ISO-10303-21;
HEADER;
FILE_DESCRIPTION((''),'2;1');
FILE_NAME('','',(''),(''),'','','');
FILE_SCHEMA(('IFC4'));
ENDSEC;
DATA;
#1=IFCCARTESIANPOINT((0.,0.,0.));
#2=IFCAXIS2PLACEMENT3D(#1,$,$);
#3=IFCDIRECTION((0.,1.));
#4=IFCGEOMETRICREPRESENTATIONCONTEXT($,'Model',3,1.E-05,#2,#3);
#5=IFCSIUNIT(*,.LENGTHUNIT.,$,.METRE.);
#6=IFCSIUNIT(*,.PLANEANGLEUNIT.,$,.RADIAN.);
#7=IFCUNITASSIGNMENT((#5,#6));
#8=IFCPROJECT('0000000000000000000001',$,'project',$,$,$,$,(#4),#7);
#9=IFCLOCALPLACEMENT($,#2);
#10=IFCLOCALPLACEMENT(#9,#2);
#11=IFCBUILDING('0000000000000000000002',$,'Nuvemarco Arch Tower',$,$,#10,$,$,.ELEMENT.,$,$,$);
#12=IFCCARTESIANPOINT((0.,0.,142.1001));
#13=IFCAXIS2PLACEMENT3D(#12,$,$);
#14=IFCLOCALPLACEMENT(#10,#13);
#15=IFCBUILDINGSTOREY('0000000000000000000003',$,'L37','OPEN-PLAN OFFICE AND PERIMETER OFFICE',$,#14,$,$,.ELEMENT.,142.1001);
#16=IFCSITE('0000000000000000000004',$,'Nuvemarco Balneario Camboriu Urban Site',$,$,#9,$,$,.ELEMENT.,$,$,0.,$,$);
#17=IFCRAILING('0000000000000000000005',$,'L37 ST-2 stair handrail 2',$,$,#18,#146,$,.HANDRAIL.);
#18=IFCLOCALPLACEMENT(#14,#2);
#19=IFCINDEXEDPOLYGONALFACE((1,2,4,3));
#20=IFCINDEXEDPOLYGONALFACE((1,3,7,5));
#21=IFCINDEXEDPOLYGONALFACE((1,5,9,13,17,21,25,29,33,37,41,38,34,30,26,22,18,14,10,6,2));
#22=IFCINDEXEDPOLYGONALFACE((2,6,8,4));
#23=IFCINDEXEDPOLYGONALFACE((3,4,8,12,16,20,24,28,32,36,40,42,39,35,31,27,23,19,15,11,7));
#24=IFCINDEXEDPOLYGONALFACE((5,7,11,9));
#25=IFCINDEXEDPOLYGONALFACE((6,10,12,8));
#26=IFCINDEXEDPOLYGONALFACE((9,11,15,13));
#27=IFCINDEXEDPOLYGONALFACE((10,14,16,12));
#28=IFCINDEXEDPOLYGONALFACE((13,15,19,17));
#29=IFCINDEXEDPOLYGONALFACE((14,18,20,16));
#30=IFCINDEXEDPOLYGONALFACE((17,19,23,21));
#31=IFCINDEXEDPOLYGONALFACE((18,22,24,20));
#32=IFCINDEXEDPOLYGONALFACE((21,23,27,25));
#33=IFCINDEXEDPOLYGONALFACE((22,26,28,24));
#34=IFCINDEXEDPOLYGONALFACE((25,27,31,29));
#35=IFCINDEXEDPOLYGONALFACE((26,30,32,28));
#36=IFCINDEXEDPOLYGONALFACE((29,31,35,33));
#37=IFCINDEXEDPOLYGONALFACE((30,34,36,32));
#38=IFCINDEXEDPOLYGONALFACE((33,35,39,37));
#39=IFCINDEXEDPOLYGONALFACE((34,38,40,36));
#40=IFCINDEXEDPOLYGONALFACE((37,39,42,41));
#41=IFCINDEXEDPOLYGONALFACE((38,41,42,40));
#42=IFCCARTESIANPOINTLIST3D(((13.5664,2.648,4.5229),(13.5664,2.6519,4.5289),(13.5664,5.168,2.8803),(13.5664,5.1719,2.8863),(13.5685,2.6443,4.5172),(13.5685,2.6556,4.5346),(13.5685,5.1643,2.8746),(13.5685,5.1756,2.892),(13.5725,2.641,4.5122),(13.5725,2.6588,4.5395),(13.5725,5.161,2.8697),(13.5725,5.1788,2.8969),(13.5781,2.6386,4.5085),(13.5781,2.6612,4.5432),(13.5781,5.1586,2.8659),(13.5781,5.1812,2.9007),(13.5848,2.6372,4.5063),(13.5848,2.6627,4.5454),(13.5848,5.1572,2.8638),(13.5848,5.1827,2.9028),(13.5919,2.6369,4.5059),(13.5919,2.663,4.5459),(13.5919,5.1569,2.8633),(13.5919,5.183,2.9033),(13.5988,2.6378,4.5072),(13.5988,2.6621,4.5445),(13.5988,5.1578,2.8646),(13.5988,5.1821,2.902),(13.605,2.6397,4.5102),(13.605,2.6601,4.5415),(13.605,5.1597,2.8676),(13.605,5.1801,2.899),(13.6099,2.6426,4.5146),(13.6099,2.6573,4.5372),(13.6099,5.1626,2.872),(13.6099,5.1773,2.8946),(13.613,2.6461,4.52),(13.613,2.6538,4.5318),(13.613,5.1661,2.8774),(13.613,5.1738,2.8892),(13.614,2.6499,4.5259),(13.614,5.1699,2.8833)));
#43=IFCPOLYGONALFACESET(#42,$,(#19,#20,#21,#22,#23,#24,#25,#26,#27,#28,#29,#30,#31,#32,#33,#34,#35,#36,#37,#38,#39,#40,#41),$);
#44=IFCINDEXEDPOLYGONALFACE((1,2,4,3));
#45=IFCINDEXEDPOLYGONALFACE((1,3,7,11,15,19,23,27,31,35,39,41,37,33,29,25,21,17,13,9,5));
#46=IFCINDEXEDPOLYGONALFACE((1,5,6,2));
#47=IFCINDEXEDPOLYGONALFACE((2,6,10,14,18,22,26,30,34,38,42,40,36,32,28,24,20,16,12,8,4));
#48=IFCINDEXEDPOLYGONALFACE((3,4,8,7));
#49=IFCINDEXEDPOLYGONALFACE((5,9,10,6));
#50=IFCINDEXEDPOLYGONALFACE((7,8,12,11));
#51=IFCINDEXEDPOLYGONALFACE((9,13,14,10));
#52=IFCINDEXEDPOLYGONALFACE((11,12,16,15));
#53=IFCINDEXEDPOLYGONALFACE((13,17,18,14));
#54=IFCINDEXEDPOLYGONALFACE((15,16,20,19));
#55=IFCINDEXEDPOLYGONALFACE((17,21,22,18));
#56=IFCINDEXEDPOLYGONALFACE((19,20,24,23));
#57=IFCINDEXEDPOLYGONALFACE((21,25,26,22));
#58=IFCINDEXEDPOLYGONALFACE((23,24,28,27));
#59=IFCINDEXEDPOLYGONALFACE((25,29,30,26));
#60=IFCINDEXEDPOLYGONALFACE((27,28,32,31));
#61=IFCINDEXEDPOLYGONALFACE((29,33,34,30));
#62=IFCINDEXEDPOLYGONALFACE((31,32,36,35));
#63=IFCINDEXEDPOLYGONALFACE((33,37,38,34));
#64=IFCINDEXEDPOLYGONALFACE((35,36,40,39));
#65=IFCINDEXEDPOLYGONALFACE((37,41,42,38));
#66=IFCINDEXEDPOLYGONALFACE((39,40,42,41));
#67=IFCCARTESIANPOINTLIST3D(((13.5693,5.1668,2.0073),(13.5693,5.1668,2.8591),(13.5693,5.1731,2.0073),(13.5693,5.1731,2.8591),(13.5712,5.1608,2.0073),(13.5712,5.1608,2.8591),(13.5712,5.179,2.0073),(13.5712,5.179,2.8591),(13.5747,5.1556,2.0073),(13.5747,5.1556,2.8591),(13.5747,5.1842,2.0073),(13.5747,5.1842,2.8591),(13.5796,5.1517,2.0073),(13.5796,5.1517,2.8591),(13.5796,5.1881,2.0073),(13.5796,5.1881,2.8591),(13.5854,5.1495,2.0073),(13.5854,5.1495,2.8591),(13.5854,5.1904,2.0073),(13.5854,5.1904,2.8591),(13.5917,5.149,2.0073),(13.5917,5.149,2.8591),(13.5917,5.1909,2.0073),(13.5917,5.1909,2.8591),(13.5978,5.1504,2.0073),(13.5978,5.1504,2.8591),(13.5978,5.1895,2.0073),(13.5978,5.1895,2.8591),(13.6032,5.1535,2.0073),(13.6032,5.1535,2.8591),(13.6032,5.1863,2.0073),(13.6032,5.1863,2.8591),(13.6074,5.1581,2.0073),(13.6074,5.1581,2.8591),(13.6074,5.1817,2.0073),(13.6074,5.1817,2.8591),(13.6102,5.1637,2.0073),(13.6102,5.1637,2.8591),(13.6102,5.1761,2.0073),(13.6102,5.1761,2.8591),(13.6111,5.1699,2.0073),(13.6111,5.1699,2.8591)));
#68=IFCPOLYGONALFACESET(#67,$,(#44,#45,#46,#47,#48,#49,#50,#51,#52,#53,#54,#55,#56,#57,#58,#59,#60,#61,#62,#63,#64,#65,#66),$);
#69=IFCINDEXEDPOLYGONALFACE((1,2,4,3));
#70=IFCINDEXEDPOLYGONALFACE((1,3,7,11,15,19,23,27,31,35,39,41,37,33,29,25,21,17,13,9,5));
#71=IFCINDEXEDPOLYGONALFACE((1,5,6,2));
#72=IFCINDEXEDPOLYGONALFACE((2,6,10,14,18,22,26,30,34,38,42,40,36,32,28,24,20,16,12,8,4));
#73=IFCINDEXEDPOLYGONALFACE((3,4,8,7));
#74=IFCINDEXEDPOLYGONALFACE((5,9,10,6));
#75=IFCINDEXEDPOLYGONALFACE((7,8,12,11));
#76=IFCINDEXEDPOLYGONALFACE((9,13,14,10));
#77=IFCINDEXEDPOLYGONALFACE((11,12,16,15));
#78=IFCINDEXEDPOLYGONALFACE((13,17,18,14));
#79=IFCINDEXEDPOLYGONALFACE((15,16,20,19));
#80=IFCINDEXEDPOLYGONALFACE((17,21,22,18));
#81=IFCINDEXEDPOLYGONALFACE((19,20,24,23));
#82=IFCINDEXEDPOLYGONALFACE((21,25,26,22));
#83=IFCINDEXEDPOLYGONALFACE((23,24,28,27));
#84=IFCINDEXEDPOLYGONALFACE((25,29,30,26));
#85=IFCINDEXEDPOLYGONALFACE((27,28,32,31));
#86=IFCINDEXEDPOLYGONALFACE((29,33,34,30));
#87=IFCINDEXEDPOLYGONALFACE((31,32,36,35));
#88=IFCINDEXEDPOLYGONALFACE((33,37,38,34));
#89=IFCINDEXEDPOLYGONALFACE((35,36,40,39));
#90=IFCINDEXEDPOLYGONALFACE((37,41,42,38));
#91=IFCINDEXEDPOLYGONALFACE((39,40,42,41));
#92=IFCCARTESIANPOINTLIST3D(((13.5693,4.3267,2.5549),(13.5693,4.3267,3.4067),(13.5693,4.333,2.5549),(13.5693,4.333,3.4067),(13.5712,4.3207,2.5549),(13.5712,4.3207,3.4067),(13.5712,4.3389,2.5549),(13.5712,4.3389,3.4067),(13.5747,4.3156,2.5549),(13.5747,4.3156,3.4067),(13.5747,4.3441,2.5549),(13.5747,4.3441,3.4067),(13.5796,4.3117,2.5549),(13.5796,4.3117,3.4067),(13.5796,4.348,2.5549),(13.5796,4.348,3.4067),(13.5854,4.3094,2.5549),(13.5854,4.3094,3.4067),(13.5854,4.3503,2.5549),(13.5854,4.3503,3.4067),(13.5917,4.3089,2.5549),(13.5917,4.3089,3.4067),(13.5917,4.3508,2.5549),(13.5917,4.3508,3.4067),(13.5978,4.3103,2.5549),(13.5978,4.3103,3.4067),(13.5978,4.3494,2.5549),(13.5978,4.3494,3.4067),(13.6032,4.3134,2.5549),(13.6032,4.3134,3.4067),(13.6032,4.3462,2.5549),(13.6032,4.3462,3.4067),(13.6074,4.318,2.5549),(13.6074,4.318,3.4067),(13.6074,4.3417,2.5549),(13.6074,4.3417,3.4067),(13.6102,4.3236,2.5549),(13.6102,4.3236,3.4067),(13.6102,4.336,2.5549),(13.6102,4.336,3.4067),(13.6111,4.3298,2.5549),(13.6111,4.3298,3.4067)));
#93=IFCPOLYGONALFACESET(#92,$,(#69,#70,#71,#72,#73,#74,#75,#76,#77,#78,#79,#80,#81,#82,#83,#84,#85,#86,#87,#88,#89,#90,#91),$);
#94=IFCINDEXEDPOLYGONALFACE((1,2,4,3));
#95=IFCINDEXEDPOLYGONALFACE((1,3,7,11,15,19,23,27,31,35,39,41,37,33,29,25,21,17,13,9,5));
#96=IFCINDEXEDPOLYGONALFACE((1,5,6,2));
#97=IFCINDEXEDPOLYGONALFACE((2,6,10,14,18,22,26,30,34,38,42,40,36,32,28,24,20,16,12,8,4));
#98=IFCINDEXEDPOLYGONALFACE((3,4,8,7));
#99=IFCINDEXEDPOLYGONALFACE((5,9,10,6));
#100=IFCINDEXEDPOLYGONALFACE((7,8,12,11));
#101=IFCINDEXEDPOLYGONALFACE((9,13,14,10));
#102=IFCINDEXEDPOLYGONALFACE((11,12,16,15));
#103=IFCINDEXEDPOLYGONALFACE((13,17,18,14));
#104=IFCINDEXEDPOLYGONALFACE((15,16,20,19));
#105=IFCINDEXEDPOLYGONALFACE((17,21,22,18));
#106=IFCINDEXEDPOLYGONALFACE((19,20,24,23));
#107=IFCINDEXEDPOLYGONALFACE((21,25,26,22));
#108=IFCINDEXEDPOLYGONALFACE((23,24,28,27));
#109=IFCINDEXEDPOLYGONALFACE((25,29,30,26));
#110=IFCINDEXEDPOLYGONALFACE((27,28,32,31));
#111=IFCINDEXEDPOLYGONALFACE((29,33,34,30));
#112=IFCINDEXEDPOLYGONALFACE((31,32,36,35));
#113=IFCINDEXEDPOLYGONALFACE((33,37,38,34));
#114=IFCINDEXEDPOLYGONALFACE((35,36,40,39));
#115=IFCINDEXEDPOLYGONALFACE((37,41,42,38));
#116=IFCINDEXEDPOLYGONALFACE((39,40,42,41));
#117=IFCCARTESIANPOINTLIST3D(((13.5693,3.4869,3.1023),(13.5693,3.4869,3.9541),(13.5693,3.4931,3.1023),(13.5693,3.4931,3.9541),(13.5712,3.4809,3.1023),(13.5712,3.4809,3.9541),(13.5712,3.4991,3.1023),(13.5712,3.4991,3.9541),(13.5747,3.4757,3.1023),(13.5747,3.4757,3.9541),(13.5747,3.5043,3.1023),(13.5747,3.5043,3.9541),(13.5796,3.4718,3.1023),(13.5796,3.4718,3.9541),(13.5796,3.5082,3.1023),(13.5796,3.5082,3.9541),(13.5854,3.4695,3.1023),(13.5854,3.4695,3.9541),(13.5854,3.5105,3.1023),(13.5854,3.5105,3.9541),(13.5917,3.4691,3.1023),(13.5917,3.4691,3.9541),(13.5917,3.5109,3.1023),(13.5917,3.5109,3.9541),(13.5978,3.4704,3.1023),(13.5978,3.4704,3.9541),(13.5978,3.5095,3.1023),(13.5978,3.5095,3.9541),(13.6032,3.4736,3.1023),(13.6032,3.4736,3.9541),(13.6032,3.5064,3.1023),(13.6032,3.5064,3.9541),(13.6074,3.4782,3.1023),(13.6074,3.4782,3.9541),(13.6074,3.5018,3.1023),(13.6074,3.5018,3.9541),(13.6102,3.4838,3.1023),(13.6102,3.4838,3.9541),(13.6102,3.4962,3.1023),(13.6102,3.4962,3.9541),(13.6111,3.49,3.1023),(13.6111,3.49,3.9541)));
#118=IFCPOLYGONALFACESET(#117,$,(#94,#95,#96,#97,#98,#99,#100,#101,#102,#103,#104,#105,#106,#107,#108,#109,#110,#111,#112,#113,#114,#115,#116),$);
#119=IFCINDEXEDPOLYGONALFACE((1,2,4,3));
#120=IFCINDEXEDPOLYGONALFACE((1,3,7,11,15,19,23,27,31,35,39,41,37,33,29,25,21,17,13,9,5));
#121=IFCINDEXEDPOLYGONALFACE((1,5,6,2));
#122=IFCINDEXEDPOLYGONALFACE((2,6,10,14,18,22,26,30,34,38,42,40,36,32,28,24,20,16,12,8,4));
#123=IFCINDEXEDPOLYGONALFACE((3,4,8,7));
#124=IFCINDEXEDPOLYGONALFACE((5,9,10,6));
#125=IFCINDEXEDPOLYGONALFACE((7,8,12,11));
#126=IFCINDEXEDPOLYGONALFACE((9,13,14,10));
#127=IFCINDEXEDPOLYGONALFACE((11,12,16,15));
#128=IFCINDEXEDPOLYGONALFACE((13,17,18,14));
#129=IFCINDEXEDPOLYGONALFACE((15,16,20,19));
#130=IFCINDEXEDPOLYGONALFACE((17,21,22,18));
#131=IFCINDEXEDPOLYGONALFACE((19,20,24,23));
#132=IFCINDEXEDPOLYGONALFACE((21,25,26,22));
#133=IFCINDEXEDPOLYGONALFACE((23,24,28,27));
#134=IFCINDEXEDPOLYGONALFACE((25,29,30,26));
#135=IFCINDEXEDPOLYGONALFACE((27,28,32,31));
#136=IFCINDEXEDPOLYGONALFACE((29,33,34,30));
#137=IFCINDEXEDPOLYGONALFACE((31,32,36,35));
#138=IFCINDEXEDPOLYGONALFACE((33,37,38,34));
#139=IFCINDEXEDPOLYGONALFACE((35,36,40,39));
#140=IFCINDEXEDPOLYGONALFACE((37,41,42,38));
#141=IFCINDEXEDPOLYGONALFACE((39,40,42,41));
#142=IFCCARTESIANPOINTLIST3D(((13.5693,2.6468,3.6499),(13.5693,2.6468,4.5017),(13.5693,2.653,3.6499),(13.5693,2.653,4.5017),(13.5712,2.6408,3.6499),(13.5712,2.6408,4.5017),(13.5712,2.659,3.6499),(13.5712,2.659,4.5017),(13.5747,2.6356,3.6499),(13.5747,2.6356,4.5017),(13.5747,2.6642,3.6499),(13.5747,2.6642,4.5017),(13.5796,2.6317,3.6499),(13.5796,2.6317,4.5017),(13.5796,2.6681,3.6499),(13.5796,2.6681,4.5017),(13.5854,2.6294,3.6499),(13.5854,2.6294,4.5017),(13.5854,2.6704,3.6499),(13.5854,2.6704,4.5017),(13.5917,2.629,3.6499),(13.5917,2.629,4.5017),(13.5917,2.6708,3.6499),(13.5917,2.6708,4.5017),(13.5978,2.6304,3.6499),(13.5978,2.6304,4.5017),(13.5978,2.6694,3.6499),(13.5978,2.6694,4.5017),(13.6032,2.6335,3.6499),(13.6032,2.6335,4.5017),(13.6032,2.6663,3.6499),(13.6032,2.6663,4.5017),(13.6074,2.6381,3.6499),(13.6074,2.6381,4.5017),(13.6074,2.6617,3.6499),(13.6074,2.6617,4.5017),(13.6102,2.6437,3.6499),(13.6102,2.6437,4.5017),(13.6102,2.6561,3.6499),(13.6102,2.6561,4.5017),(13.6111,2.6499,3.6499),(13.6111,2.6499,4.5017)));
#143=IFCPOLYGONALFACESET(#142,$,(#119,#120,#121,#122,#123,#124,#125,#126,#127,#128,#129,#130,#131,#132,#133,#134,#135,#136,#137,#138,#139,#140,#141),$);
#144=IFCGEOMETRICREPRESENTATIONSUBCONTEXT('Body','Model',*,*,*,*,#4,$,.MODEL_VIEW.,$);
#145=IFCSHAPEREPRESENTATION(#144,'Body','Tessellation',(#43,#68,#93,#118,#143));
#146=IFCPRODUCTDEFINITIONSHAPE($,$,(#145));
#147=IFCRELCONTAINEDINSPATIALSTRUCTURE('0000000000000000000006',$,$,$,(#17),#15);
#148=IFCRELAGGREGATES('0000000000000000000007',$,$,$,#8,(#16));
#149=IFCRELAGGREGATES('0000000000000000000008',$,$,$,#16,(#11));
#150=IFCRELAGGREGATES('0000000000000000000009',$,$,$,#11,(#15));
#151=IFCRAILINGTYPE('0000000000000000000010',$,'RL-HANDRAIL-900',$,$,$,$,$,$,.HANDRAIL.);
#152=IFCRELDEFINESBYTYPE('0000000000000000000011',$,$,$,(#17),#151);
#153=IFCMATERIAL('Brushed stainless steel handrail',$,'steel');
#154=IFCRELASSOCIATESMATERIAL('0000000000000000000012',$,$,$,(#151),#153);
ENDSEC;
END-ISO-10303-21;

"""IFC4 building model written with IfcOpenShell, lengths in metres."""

from ifc_helpers import new_model, si_unit, direction, frame, origin, origin_2d, place, context, subcontext, project, spatial, circle, extrude, material, type_object, element, save


model = new_model("IFC4")

# Units and contexts
model_context = context("Model", 3, precision=1e-05, world=origin(), true_north=direction((0.0, 1.0)))
body_context = subcontext(model_context, "Body", "Model", "MODEL_VIEW")
ifc_project = project(units=[si_unit("LENGTHUNIT", "METRE"), si_unit("PLANEANGLEUNIT", "RADIAN")], contexts=[model_context])

# Site, building, storey
site_placement = place(None, origin())
site = spatial("IfcSite", under=ifc_project, at=site_placement, Name="Nuvemarco Balneario Camboriu Urban Site", CompositionType="ELEMENT", RefElevation=0.0)
building_placement = place(site_placement, origin())
building = spatial("IfcBuilding", under=site, at=building_placement, Name="Nuvemarco Arch Tower", CompositionType="ELEMENT")
storey_placement = place(building_placement, frame((0.0, 0.0, 142.1001)))
storey = spatial("IfcBuildingStorey", under=building, at=storey_placement, Name="L37", Description="OPEN-PLAN OFFICE AND PERIMETER OFFICE", CompositionType="ELEMENT", Elevation=142.1001)

# Railing
ifc_material_1 = material(Name="Brushed stainless steel handrail", Category="steel")
railing_type = type_object("IfcRailingType", Name="RL-HANDRAIL-900", PredefinedType="HANDRAIL", material=ifc_material_1)
railing_placement = place(storey_placement, frame((13.5901, 5.1699, 2.0073)))
element("IfcRailing", 1, at=railing_placement, inside=storey, type_object=railing_type, Name="L37 ST-2 stair handrail 2", PredefinedType="HANDRAIL", context=body_context, shape_type="SweptSolid", body=[
    extrude(circle(Radius=0.0239, at=origin_2d()), frame((0.0, 0.0, 0.876), z_axis=(0.0, -0.837749, 0.546055), x_axis=(1.0, 0.0, 0.0)), (0.0, 0.0, 1.0), 3.0081),
    extrude(circle(Radius=0.021, at=origin_2d()), origin(), (0.0, 0.0, 1.0), 0.8518),
    extrude(circle(Radius=0.021, at=origin_2d()), frame((0.0, -0.8401, 0.5476)), (0.0, 0.0, 1.0), 0.8518),
    extrude(circle(Radius=0.021, at=origin_2d()), frame((0.0, -1.6799, 1.095)), (0.0, 0.0, 1.0), 0.8518),
    extrude(circle(Radius=0.021, at=origin_2d()), frame((0.0, -2.52, 1.6426)), (0.0, 0.0, 1.0), 0.8518),
])

save(model, "model.ifc")
